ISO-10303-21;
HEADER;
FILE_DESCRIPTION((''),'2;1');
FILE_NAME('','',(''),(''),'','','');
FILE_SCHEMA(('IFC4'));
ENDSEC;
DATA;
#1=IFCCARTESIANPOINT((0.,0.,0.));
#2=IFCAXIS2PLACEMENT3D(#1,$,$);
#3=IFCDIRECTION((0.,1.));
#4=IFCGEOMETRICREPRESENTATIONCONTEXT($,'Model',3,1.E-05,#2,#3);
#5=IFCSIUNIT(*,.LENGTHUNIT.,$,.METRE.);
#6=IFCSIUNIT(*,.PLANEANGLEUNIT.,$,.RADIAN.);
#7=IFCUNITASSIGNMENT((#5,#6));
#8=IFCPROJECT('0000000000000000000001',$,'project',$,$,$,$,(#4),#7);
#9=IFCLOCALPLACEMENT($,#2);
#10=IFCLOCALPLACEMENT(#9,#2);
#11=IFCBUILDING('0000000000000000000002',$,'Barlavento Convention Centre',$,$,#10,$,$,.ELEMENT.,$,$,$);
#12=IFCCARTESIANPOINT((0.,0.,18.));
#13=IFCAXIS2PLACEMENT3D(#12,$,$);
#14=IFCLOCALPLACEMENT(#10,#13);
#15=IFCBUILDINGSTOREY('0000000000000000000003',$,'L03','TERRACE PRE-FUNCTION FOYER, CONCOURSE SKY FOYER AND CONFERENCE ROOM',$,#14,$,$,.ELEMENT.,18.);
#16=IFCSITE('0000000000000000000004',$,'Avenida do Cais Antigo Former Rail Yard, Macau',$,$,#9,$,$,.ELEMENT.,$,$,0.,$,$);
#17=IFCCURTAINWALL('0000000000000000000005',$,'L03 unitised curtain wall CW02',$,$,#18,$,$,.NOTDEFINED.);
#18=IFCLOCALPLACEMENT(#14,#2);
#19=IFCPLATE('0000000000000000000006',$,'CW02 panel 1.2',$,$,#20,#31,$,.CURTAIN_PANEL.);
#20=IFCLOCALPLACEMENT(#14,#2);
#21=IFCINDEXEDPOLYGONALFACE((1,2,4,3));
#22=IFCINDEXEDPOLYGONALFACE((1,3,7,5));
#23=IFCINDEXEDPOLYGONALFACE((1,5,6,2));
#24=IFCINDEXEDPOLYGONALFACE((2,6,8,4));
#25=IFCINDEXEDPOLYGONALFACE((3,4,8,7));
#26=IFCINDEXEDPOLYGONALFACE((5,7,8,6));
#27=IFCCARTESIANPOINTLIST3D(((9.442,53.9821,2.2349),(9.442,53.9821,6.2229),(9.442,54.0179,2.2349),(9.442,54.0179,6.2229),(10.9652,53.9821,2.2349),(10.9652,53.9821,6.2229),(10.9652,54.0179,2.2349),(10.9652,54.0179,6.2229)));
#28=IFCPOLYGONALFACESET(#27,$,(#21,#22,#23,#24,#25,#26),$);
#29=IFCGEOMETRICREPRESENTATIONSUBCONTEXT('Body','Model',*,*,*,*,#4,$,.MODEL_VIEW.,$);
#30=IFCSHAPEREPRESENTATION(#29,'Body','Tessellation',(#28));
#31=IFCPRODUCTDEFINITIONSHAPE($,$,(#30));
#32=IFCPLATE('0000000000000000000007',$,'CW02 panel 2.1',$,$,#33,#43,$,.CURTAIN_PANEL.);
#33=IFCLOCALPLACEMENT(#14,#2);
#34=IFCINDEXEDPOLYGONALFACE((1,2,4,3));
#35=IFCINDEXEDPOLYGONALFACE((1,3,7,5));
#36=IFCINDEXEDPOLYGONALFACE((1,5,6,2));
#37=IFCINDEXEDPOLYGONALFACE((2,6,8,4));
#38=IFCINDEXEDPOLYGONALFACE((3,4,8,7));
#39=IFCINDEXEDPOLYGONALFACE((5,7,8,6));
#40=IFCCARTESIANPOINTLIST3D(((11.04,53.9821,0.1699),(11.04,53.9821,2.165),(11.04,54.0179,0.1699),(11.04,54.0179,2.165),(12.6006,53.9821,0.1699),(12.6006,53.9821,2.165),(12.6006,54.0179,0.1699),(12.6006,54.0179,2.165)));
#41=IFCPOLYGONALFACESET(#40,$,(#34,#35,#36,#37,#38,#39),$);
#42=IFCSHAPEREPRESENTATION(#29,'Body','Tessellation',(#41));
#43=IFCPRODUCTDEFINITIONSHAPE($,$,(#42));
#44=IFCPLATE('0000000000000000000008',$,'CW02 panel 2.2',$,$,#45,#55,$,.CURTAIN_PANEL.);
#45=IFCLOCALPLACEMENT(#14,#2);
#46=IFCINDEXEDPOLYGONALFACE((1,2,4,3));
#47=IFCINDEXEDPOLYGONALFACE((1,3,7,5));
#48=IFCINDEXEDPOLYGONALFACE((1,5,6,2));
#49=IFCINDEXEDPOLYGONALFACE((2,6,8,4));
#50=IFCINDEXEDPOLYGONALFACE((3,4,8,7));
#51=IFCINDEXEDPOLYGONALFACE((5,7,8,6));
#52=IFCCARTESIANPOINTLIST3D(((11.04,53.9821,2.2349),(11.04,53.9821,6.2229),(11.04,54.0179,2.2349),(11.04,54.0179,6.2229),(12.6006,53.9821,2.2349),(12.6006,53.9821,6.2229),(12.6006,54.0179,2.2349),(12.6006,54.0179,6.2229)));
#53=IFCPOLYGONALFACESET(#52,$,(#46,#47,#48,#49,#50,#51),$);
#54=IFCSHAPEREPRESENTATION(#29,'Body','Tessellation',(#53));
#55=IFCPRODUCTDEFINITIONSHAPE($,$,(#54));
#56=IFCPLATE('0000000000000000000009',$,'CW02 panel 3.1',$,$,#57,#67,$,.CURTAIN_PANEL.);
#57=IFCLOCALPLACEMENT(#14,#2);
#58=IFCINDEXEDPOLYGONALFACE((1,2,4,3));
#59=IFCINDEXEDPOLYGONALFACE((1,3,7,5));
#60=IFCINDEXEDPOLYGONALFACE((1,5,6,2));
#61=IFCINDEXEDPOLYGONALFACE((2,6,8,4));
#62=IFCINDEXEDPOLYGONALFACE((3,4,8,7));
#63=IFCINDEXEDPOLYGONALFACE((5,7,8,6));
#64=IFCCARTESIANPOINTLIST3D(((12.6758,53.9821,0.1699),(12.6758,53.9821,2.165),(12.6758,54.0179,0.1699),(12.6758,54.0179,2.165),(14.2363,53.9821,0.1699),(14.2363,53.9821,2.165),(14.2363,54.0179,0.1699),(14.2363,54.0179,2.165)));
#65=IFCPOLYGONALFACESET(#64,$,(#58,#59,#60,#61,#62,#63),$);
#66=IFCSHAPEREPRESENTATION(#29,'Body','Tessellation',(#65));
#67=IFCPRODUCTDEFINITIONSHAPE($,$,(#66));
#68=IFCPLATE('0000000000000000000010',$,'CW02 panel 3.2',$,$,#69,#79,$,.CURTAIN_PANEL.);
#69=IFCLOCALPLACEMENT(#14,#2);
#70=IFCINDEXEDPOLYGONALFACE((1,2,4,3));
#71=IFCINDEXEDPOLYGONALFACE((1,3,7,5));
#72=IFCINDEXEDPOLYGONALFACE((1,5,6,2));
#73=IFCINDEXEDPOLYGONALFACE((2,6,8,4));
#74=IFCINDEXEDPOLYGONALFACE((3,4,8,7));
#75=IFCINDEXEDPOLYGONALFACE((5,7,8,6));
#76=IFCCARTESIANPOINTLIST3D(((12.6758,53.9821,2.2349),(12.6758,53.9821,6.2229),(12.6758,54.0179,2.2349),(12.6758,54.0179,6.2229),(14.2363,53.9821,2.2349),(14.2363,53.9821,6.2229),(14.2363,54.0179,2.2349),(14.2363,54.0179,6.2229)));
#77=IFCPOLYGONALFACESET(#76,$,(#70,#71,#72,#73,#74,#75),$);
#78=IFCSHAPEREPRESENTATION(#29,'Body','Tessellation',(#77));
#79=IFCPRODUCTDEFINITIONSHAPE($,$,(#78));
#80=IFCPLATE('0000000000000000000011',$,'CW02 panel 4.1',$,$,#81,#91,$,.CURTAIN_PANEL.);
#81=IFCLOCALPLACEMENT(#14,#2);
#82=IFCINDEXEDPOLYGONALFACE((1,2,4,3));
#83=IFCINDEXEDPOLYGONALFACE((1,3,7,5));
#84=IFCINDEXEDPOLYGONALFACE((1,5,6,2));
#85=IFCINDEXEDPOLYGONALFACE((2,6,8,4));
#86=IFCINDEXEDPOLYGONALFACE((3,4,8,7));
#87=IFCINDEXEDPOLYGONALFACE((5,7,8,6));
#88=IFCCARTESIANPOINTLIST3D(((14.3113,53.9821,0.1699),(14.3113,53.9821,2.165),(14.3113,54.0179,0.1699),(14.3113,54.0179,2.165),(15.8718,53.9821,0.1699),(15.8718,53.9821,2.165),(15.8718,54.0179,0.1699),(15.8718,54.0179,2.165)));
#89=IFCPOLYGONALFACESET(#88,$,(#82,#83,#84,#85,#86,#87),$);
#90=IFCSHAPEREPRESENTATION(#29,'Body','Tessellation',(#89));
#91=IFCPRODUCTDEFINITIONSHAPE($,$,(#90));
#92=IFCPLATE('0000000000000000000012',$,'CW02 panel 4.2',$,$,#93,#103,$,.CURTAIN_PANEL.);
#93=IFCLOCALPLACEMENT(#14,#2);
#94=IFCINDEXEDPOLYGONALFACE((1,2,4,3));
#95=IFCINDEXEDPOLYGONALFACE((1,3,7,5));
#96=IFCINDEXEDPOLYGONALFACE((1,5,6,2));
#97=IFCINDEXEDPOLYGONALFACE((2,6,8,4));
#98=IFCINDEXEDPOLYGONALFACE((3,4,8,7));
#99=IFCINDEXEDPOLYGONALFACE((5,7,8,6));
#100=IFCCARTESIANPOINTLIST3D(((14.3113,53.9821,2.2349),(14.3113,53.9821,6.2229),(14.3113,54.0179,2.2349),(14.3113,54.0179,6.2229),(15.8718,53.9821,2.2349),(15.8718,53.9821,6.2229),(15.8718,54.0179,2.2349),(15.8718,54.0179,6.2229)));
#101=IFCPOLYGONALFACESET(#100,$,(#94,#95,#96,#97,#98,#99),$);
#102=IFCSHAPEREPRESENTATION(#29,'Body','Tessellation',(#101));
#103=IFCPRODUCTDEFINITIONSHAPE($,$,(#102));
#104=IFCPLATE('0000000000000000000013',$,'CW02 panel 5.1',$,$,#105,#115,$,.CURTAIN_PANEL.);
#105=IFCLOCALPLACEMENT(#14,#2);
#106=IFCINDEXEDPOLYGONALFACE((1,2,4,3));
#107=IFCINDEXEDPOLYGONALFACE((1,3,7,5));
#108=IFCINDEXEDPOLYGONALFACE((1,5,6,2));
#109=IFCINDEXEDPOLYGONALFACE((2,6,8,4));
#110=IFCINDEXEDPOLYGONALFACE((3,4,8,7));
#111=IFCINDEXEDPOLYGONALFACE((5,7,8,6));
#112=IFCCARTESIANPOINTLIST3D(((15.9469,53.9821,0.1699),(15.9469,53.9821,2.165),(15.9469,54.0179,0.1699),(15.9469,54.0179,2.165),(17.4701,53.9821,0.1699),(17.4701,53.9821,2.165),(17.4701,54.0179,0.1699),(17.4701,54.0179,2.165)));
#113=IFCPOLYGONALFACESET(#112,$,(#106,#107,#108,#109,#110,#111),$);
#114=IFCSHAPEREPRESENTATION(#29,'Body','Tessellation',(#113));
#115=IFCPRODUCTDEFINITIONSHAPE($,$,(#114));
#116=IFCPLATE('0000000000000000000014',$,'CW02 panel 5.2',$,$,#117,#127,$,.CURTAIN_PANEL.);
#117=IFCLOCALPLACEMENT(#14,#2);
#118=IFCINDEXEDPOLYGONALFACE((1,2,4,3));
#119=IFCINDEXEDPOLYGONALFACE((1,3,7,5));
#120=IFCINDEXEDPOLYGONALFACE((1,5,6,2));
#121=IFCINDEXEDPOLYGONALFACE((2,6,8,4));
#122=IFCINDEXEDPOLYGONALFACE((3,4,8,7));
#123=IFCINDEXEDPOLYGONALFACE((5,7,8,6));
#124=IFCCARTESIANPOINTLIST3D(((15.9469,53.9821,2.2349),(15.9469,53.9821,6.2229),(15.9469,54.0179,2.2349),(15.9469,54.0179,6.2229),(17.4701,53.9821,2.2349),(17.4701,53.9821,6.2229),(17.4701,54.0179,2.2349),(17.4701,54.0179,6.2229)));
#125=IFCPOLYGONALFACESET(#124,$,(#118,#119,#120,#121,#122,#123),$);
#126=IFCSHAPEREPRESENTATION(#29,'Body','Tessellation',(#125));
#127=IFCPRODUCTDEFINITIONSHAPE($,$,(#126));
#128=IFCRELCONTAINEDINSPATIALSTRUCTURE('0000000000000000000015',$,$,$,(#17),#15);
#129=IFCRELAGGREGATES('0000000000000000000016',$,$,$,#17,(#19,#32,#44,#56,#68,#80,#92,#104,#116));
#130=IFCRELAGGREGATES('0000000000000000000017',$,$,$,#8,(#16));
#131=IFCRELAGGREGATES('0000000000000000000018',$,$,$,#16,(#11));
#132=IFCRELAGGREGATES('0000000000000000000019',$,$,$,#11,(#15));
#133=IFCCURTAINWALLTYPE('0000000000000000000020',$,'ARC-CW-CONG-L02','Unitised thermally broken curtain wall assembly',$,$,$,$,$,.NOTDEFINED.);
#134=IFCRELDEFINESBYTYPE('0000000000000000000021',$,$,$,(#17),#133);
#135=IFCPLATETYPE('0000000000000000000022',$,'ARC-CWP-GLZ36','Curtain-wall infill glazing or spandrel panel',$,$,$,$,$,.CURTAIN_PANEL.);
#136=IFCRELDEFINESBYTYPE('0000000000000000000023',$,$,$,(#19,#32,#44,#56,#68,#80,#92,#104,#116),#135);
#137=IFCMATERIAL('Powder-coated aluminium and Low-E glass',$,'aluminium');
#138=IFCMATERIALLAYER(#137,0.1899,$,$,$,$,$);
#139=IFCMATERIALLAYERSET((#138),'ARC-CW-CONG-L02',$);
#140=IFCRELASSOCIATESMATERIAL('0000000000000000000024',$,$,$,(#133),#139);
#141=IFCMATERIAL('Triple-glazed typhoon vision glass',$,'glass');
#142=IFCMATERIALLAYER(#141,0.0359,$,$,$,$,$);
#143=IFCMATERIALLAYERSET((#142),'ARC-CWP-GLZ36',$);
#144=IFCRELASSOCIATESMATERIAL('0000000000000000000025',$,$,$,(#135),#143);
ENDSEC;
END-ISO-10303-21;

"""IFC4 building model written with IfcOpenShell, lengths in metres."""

from ifc_helpers import new_model, si_unit, direction, frame, origin, origin_2d, place, context, subcontext, project, spatial, rectangle, extrude, material, layer, layer_set, type_object, element, aggregate, save


model = new_model("IFC4")

# Units and contexts
model_context = context("Model", 3, precision=1e-05, world=origin(), true_north=direction((0.0, 1.0)))
body_context = subcontext(model_context, "Body", "Model", "MODEL_VIEW")
ifc_project = project(units=[si_unit("LENGTHUNIT", "METRE"), si_unit("PLANEANGLEUNIT", "RADIAN")], contexts=[model_context])

# Site, building, storey
site_placement = place(None, origin())
site = spatial("IfcSite", under=ifc_project, at=site_placement, Name="Avenida do Cais Antigo Former Rail Yard, Macau", CompositionType="ELEMENT", RefElevation=0.0)
building_placement = place(site_placement, origin())
building = spatial("IfcBuilding", under=site, at=building_placement, Name="Barlavento Convention Centre", CompositionType="ELEMENT")
storey_placement = place(building_placement, frame((0.0, 0.0, 18.0)))
storey = spatial("IfcBuildingStorey", under=building, at=storey_placement, Name="L03", Description="TERRACE PRE-FUNCTION FOYER, CONCOURSE SKY FOYER AND CONFERENCE ROOM", CompositionType="ELEMENT", Elevation=18.0)

# Curtain wall
ifc_material_1 = material(Name="Powder-coated aluminium and Low-E glass", Category="aluminium")
ifc_layer_1 = layer(ifc_material_1, 0.1899)
ifc_layer_set_1 = layer_set([ifc_layer_1], Name="ARC-CW-CONG-L02")
curtain_wall_type = type_object("IfcCurtainWallType", Name="ARC-CW-CONG-L02", Description="Unitised thermally broken curtain wall assembly", PredefinedType="NOTDEFINED", material=ifc_layer_set_1)
curtain_wall_placement = place(storey_placement, origin())
curtain_wall = element("IfcCurtainWall", 1, at=curtain_wall_placement, inside=storey, type_object=curtain_wall_type, Name="L03 unitised curtain wall CW02", PredefinedType="NOTDEFINED")

# Plates
ifc_material_2 = material(Name="Triple-glazed typhoon vision glass", Category="glass")
ifc_layer_2 = layer(ifc_material_2, 0.0359)
ifc_layer_set_2 = layer_set([ifc_layer_2], Name="ARC-CWP-GLZ36")
plate_type = type_object("IfcPlateType", Name="ARC-CWP-GLZ36", Description="Curtain-wall infill glazing or spandrel panel", PredefinedType="CURTAIN_PANEL", material=ifc_layer_set_2)
plate_1_placement = place(storey_placement, frame((10.2036, 54.0, 2.2349), z_axis=(0.0, 0.0, 1.0), x_axis=(1.0, 0.0, 0.0)))
plate_1 = element("IfcPlate", 2, at=plate_1_placement, type_object=plate_type, Name="CW02 panel 1.2", PredefinedType="CURTAIN_PANEL", context=body_context, shape_type="SweptSolid", body=[
    extrude(rectangle(XDim=1.5232, YDim=0.0359, at=origin_2d()), origin(), (0.0, 0.0, 1.0), 3.988),
])
plate_2_placement = place(storey_placement, frame((11.8203, 54.0, 0.1699), z_axis=(0.0, 0.0, 1.0), x_axis=(1.0, 0.0, 0.0)))
plate_2 = element("IfcPlate", 3, at=plate_2_placement, type_object=plate_type, Name="CW02 panel 2.1", PredefinedType="CURTAIN_PANEL", context=body_context, shape_type="SweptSolid", body=[
    extrude(rectangle(XDim=1.5605, YDim=0.0359, at=origin_2d()), origin(), (0.0, 0.0, 1.0), 1.9951),
])
plate_3_placement = place(storey_placement, frame((11.8203, 54.0, 2.2349), z_axis=(0.0, 0.0, 1.0), x_axis=(1.0, 0.0, 0.0)))
plate_3 = element("IfcPlate", 4, at=plate_3_placement, type_object=plate_type, Name="CW02 panel 2.2", PredefinedType="CURTAIN_PANEL", context=body_context, shape_type="SweptSolid", body=[
    extrude(rectangle(XDim=1.5605, YDim=0.0359, at=origin_2d()), origin(), (0.0, 0.0, 1.0), 3.988),
])
plate_4_placement = place(storey_placement, frame((13.4561, 54.0, 0.1699), z_axis=(0.0, 0.0, 1.0), x_axis=(1.0, 0.0, 0.0)))
plate_4 = element("IfcPlate", 5, at=plate_4_placement, type_object=plate_type, Name="CW02 panel 3.1", PredefinedType="CURTAIN_PANEL", context=body_context, shape_type="SweptSolid", body=[
    extrude(rectangle(XDim=1.5605, YDim=0.0359, at=origin_2d()), origin(), (0.0, 0.0, 1.0), 1.9951),
])
plate_5_placement = place(storey_placement, frame((13.4561, 54.0, 2.2349), z_axis=(0.0, 0.0, 1.0), x_axis=(1.0, 0.0, 0.0)))
plate_5 = element("IfcPlate", 6, at=plate_5_placement, type_object=plate_type, Name="CW02 panel 3.2", PredefinedType="CURTAIN_PANEL", context=body_context, shape_type="SweptSolid", body=[
    extrude(rectangle(XDim=1.5605, YDim=0.0359, at=origin_2d()), origin(), (0.0, 0.0, 1.0), 3.988),
])
plate_6_placement = place(storey_placement, frame((15.0916, 54.0, 0.1699), z_axis=(0.0, 0.0, 1.0), x_axis=(1.0, 0.0, 0.0)))
plate_6 = element("IfcPlate", 7, at=plate_6_placement, type_object=plate_type, Name="CW02 panel 4.1", PredefinedType="CURTAIN_PANEL", context=body_context, shape_type="SweptSolid", body=[
    extrude(rectangle(XDim=1.5605, YDim=0.0359, at=origin_2d()), origin(), (0.0, 0.0, 1.0), 1.9951),
])
plate_7_placement = place(storey_placement, frame((15.0916, 54.0, 2.2349), z_axis=(0.0, 0.0, 1.0), x_axis=(1.0, 0.0, 0.0)))
plate_7 = element("IfcPlate", 8, at=plate_7_placement, type_object=plate_type, Name="CW02 panel 4.2", PredefinedType="CURTAIN_PANEL", context=body_context, shape_type="SweptSolid", body=[
    extrude(rectangle(XDim=1.5605, YDim=0.0359, at=origin_2d()), origin(), (0.0, 0.0, 1.0), 3.988),
])
plate_8_placement = place(storey_placement, frame((16.7085, 54.0, 0.1699), z_axis=(0.0, 0.0, 1.0), x_axis=(1.0, 0.0, 0.0)))
plate_8 = element("IfcPlate", 9, at=plate_8_placement, type_object=plate_type, Name="CW02 panel 5.1", PredefinedType="CURTAIN_PANEL", context=body_context, shape_type="SweptSolid", body=[
    extrude(rectangle(XDim=1.5232, YDim=0.0359, at=origin_2d()), origin(), (0.0, 0.0, 1.0), 1.9951),
])
plate_9_placement = place(storey_placement, frame((16.7085, 54.0, 2.2349), z_axis=(0.0, 0.0, 1.0), x_axis=(1.0, 0.0, 0.0)))
plate_9 = element("IfcPlate", 10, at=plate_9_placement, type_object=plate_type, Name="CW02 panel 5.2", PredefinedType="CURTAIN_PANEL", context=body_context, shape_type="SweptSolid", body=[
    extrude(rectangle(XDim=1.5232, YDim=0.0359, at=origin_2d()), origin(), (0.0, 0.0, 1.0), 3.988),
])
aggregate(curtain_wall, [plate_1, plate_2, plate_3, plate_4, plate_5, plate_6, plate_7, plate_8, plate_9])

save(model, "model.ifc")
